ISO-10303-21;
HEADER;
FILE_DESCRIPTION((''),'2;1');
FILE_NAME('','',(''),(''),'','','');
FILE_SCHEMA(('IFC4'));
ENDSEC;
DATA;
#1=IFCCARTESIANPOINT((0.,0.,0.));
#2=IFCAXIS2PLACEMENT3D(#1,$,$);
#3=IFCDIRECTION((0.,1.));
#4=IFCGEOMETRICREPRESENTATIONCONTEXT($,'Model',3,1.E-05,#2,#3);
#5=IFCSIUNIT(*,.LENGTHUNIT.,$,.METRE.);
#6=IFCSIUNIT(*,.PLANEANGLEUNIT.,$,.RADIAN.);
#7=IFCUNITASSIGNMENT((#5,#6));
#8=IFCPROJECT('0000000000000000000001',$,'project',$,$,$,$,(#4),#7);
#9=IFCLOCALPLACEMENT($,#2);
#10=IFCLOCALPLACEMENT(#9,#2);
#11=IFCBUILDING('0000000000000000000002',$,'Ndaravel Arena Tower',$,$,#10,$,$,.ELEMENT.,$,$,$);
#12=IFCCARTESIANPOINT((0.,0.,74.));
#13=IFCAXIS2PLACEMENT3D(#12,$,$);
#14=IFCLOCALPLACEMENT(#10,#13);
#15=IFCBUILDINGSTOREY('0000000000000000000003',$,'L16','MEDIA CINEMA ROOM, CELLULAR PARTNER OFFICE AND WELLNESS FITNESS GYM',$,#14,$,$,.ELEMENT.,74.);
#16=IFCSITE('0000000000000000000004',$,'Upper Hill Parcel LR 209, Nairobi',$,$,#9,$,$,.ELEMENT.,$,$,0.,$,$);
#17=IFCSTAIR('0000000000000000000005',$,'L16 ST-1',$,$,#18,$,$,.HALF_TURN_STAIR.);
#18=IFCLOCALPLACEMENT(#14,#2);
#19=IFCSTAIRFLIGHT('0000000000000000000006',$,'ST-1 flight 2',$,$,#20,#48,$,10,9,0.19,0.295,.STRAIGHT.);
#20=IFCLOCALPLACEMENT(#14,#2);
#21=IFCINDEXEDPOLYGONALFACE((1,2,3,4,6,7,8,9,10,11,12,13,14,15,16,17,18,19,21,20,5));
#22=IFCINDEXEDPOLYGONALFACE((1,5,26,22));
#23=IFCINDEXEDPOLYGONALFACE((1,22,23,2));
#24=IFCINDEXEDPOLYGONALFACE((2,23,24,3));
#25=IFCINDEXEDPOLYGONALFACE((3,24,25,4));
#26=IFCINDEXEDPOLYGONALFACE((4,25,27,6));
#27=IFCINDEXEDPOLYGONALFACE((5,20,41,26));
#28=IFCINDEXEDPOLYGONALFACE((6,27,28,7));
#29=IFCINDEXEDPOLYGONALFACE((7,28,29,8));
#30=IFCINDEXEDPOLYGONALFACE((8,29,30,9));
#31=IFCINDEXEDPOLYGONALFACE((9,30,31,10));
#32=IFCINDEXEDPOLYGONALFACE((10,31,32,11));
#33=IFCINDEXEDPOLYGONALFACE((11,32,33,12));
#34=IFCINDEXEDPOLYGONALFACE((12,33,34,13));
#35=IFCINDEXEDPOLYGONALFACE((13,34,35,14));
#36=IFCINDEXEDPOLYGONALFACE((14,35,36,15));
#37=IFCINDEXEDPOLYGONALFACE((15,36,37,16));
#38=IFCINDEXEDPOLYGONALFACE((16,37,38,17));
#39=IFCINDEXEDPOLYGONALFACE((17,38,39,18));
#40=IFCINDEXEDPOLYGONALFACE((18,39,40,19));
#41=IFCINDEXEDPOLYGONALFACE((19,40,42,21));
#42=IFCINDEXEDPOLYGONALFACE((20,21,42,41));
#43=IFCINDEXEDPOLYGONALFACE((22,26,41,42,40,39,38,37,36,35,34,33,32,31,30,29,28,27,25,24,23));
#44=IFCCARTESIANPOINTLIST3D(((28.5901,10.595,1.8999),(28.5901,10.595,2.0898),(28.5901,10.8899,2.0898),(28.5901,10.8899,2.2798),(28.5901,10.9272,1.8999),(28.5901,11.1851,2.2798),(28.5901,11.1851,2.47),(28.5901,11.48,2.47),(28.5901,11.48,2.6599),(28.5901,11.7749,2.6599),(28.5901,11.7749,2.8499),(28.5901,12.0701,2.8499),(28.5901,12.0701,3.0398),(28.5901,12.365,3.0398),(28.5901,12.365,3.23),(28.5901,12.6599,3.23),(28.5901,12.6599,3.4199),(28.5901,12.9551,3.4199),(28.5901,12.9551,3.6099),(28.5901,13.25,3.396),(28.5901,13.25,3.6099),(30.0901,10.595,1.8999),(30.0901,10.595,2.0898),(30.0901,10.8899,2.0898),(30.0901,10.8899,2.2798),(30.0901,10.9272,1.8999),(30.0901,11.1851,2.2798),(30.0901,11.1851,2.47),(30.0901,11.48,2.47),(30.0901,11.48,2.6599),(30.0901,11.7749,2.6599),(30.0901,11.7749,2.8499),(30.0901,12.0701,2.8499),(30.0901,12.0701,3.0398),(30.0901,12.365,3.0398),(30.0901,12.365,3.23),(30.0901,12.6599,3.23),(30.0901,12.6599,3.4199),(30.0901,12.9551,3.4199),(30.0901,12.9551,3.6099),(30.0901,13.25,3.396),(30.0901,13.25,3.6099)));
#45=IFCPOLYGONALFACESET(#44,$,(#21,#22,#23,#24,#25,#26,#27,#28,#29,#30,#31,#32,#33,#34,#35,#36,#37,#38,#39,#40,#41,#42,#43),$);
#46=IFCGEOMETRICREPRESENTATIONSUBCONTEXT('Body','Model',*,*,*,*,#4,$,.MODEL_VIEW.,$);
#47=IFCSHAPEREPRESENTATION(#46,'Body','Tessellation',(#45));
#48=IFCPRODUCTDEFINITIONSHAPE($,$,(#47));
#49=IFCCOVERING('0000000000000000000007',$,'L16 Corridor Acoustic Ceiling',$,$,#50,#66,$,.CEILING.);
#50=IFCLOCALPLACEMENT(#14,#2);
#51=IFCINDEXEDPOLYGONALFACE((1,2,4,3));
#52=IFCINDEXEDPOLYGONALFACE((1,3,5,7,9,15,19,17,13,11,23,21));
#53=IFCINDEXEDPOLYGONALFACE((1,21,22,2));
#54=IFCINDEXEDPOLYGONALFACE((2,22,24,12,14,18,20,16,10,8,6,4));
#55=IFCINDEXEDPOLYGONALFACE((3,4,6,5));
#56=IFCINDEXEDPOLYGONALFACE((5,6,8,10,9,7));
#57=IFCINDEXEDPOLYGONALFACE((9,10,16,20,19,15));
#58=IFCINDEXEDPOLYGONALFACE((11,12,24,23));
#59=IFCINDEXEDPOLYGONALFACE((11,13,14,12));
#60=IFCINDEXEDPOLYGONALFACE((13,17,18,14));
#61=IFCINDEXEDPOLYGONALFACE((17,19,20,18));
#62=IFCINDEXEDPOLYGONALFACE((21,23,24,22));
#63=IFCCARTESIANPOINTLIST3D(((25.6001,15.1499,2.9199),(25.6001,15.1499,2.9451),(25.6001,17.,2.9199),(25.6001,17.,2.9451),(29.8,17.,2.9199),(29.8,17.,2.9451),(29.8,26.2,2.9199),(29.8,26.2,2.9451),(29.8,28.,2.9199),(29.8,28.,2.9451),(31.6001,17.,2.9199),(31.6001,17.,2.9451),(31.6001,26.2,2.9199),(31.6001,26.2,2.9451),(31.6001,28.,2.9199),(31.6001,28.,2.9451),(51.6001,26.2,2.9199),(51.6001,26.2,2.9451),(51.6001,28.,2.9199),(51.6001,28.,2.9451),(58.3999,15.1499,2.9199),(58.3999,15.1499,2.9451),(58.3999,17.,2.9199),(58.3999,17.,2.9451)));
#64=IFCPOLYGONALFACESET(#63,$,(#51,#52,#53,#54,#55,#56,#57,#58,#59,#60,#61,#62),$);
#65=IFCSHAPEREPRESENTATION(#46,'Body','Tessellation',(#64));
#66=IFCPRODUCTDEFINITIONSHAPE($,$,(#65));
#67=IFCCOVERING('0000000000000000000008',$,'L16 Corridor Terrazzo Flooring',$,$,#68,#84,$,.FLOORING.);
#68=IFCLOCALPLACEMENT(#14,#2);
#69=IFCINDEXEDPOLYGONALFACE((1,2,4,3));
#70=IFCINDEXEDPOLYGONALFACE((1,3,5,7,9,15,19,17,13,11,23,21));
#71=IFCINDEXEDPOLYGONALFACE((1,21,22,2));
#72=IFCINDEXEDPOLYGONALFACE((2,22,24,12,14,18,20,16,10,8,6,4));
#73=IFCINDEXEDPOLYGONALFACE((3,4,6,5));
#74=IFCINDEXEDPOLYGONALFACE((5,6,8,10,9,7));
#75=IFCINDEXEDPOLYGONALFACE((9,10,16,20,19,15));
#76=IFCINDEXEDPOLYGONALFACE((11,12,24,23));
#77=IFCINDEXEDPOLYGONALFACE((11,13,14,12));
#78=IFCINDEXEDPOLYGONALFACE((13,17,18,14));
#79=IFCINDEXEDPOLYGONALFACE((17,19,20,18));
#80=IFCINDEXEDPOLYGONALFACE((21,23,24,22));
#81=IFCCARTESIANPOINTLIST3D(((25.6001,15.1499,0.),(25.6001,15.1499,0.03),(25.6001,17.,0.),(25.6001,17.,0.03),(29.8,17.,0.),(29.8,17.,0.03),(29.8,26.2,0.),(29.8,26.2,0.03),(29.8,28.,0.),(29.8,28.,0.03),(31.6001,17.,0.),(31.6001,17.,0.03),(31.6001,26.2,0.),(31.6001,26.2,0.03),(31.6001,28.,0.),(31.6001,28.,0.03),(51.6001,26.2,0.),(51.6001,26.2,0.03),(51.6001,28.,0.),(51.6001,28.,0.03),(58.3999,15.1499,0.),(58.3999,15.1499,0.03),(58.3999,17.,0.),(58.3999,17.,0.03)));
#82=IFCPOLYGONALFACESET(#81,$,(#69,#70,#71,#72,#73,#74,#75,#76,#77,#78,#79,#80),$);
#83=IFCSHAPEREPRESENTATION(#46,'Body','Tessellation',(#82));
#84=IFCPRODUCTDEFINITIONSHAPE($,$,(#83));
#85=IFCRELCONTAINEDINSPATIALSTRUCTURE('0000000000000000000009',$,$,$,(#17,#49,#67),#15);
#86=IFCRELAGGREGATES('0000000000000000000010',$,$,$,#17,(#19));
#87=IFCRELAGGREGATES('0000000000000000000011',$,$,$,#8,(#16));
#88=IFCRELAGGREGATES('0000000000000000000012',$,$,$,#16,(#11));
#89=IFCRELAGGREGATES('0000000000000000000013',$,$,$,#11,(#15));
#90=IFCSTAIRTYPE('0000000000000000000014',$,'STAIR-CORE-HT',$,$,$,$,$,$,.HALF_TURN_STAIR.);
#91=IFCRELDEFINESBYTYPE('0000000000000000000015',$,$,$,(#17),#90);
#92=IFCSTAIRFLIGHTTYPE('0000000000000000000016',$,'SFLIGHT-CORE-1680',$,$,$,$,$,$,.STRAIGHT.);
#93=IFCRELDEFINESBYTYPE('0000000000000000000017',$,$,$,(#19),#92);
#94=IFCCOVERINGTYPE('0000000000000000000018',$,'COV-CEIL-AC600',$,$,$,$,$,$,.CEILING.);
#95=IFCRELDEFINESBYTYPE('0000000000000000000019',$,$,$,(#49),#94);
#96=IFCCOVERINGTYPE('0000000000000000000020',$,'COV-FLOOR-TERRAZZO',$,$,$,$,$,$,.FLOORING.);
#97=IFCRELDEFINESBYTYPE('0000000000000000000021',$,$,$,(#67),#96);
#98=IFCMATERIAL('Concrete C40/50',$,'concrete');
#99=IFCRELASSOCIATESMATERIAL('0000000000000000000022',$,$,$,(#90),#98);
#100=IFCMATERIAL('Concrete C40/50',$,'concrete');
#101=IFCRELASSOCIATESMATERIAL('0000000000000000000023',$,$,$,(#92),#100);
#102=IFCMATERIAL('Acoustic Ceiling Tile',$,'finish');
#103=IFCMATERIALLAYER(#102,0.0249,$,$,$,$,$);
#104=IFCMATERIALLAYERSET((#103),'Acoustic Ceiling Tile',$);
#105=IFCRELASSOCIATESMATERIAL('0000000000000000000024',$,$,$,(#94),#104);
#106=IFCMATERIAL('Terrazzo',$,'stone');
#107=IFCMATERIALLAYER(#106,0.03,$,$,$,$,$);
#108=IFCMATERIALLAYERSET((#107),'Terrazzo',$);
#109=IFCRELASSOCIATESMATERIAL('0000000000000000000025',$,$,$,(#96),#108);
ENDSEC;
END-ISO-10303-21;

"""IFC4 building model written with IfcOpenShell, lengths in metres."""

from ifc_helpers import new_model, si_unit, direction, frame, origin, place, context, subcontext, project, spatial, polyline, outline, extrude, material, layer, layer_set, type_object, element, aggregate, save


model = new_model("IFC4")

# Units and contexts
model_context = context("Model", 3, precision=1e-05, world=origin(), true_north=direction((0.0, 1.0)))
body_context = subcontext(model_context, "Body", "Model", "MODEL_VIEW")
ifc_project = project(units=[si_unit("LENGTHUNIT", "METRE"), si_unit("PLANEANGLEUNIT", "RADIAN")], contexts=[model_context])

# Site, building, storey
site_placement = place(None, origin())
site = spatial("IfcSite", under=ifc_project, at=site_placement, Name="Upper Hill Parcel LR 209, Nairobi", CompositionType="ELEMENT", RefElevation=0.0)
building_placement = place(site_placement, origin())
building = spatial("IfcBuilding", under=site, at=building_placement, Name="Ndaravel Arena Tower", CompositionType="ELEMENT")
storey_placement = place(building_placement, frame((0.0, 0.0, 74.0)))
storey = spatial("IfcBuildingStorey", under=building, at=storey_placement, Name="L16", Description="MEDIA CINEMA ROOM, CELLULAR PARTNER OFFICE AND WELLNESS FITNESS GYM", CompositionType="ELEMENT", Elevation=74.0)

# Stair
ifc_material_1 = material(Name="Concrete C40/50", Category="concrete")
stair_type = type_object("IfcStairType", Name="STAIR-CORE-HT", PredefinedType="HALF_TURN_STAIR", material=ifc_material_1)
stair_1_placement = place(storey_placement, origin())
stair_1 = element("IfcStair", 1, at=stair_1_placement, inside=storey, type_object=stair_type, Name="L16 ST-1", PredefinedType="HALF_TURN_STAIR")

# Stair flight
ifc_material_2 = material(Name="Concrete C40/50", Category="concrete")
stair_flight_type = type_object("IfcStairFlightType", Name="SFLIGHT-CORE-1680", PredefinedType="STRAIGHT", material=ifc_material_2)
stair_flight_1_placement = place(storey_placement, frame((29.3401, 10.595, 1.8999), z_axis=(0.0, 0.0, 1.0), x_axis=(0.0, 1.0, 0.0)))
stair_flight_1 = element("IfcStairFlight", 2, at=stair_flight_1_placement, type_object=stair_flight_type, Name="ST-1 flight 2", NumberOfRisers=10, NumberOfTreads=9, PredefinedType="STRAIGHT", RiserHeight=0.19, TreadLength=0.295, context=body_context, shape_type="SweptSolid", body=[
    extrude(outline(polyline([(0.0, 0.0), (0.0, 0.1899), (0.2949, 0.1899), (0.2949, 0.3799), (0.5901, 0.3799), (0.5901, 0.5701), (0.885, 0.5701), (0.885, 0.76), (1.1799, 0.76), (1.1799, 0.95), (1.4751, 0.95), (1.4751, 1.1399), (1.77, 1.1399), (1.77, 1.3301), (2.0649, 1.3301), (2.0649, 1.52), (2.3601, 1.52), (2.3601, 1.71), (2.655, 1.71), (2.655, 1.8999), (2.655, 1.4961), (0.3323, 0.0), (0.0, 0.0)])), frame((0.0, 0.75, 0.0), z_axis=(0.0, -1.0, 0.0), x_axis=(1.0, 0.0, 0.0)), (0.0, 0.0, 1.0), 1.5),
])
aggregate(stair_1, [stair_flight_1])

# Coverings
ifc_material_3 = material(Name="Acoustic Ceiling Tile", Category="finish")
ifc_layer_1 = layer(ifc_material_3, 0.0249)
ifc_layer_set_1 = layer_set([ifc_layer_1], Name="Acoustic Ceiling Tile")
covering_type_1 = type_object("IfcCoveringType", Name="COV-CEIL-AC600", PredefinedType="CEILING", material=ifc_layer_set_1)
covering_1_placement = place(storey_placement, frame((0.0, 0.0, 2.9199)))
element("IfcCovering", 3, at=covering_1_placement, inside=storey, type_object=covering_type_1, Name="L16 Corridor Acoustic Ceiling", PredefinedType="CEILING", context=body_context, shape_type="SweptSolid", body=[
    extrude(outline(polyline([(58.3999, 17.0), (31.6001, 17.0), (31.6001, 26.2), (51.6001, 26.2), (51.6001, 28.0), (31.6001, 28.0), (29.8, 28.0), (29.8, 26.2), (29.8, 17.0), (25.6001, 17.0), (25.6001, 15.1499), (58.3999, 15.1499), (58.3999, 17.0)])), origin(), (0.0, 0.0, 1.0), 0.0251),
])
ifc_material_4 = material(Name="Terrazzo", Category="stone")
ifc_layer_2 = layer(ifc_material_4, 0.03)
ifc_layer_set_2 = layer_set([ifc_layer_2], Name="Terrazzo")
covering_type_2 = type_object("IfcCoveringType", Name="COV-FLOOR-TERRAZZO", PredefinedType="FLOORING", material=ifc_layer_set_2)
covering_2_placement = place(storey_placement, origin())
element("IfcCovering", 4, at=covering_2_placement, inside=storey, type_object=covering_type_2, Name="L16 Corridor Terrazzo Flooring", PredefinedType="FLOORING", context=body_context, shape_type="SweptSolid", body=[
    extrude(outline(polyline([(58.3999, 17.0), (31.6001, 17.0), (31.6001, 26.2), (51.6001, 26.2), (51.6001, 28.0), (31.6001, 28.0), (29.8, 28.0), (29.8, 26.2), (29.8, 17.0), (25.6001, 17.0), (25.6001, 15.1499), (58.3999, 15.1499), (58.3999, 17.0)])), origin(), (0.0, 0.0, 1.0), 0.03),
])

save(model, "model.ifc")
